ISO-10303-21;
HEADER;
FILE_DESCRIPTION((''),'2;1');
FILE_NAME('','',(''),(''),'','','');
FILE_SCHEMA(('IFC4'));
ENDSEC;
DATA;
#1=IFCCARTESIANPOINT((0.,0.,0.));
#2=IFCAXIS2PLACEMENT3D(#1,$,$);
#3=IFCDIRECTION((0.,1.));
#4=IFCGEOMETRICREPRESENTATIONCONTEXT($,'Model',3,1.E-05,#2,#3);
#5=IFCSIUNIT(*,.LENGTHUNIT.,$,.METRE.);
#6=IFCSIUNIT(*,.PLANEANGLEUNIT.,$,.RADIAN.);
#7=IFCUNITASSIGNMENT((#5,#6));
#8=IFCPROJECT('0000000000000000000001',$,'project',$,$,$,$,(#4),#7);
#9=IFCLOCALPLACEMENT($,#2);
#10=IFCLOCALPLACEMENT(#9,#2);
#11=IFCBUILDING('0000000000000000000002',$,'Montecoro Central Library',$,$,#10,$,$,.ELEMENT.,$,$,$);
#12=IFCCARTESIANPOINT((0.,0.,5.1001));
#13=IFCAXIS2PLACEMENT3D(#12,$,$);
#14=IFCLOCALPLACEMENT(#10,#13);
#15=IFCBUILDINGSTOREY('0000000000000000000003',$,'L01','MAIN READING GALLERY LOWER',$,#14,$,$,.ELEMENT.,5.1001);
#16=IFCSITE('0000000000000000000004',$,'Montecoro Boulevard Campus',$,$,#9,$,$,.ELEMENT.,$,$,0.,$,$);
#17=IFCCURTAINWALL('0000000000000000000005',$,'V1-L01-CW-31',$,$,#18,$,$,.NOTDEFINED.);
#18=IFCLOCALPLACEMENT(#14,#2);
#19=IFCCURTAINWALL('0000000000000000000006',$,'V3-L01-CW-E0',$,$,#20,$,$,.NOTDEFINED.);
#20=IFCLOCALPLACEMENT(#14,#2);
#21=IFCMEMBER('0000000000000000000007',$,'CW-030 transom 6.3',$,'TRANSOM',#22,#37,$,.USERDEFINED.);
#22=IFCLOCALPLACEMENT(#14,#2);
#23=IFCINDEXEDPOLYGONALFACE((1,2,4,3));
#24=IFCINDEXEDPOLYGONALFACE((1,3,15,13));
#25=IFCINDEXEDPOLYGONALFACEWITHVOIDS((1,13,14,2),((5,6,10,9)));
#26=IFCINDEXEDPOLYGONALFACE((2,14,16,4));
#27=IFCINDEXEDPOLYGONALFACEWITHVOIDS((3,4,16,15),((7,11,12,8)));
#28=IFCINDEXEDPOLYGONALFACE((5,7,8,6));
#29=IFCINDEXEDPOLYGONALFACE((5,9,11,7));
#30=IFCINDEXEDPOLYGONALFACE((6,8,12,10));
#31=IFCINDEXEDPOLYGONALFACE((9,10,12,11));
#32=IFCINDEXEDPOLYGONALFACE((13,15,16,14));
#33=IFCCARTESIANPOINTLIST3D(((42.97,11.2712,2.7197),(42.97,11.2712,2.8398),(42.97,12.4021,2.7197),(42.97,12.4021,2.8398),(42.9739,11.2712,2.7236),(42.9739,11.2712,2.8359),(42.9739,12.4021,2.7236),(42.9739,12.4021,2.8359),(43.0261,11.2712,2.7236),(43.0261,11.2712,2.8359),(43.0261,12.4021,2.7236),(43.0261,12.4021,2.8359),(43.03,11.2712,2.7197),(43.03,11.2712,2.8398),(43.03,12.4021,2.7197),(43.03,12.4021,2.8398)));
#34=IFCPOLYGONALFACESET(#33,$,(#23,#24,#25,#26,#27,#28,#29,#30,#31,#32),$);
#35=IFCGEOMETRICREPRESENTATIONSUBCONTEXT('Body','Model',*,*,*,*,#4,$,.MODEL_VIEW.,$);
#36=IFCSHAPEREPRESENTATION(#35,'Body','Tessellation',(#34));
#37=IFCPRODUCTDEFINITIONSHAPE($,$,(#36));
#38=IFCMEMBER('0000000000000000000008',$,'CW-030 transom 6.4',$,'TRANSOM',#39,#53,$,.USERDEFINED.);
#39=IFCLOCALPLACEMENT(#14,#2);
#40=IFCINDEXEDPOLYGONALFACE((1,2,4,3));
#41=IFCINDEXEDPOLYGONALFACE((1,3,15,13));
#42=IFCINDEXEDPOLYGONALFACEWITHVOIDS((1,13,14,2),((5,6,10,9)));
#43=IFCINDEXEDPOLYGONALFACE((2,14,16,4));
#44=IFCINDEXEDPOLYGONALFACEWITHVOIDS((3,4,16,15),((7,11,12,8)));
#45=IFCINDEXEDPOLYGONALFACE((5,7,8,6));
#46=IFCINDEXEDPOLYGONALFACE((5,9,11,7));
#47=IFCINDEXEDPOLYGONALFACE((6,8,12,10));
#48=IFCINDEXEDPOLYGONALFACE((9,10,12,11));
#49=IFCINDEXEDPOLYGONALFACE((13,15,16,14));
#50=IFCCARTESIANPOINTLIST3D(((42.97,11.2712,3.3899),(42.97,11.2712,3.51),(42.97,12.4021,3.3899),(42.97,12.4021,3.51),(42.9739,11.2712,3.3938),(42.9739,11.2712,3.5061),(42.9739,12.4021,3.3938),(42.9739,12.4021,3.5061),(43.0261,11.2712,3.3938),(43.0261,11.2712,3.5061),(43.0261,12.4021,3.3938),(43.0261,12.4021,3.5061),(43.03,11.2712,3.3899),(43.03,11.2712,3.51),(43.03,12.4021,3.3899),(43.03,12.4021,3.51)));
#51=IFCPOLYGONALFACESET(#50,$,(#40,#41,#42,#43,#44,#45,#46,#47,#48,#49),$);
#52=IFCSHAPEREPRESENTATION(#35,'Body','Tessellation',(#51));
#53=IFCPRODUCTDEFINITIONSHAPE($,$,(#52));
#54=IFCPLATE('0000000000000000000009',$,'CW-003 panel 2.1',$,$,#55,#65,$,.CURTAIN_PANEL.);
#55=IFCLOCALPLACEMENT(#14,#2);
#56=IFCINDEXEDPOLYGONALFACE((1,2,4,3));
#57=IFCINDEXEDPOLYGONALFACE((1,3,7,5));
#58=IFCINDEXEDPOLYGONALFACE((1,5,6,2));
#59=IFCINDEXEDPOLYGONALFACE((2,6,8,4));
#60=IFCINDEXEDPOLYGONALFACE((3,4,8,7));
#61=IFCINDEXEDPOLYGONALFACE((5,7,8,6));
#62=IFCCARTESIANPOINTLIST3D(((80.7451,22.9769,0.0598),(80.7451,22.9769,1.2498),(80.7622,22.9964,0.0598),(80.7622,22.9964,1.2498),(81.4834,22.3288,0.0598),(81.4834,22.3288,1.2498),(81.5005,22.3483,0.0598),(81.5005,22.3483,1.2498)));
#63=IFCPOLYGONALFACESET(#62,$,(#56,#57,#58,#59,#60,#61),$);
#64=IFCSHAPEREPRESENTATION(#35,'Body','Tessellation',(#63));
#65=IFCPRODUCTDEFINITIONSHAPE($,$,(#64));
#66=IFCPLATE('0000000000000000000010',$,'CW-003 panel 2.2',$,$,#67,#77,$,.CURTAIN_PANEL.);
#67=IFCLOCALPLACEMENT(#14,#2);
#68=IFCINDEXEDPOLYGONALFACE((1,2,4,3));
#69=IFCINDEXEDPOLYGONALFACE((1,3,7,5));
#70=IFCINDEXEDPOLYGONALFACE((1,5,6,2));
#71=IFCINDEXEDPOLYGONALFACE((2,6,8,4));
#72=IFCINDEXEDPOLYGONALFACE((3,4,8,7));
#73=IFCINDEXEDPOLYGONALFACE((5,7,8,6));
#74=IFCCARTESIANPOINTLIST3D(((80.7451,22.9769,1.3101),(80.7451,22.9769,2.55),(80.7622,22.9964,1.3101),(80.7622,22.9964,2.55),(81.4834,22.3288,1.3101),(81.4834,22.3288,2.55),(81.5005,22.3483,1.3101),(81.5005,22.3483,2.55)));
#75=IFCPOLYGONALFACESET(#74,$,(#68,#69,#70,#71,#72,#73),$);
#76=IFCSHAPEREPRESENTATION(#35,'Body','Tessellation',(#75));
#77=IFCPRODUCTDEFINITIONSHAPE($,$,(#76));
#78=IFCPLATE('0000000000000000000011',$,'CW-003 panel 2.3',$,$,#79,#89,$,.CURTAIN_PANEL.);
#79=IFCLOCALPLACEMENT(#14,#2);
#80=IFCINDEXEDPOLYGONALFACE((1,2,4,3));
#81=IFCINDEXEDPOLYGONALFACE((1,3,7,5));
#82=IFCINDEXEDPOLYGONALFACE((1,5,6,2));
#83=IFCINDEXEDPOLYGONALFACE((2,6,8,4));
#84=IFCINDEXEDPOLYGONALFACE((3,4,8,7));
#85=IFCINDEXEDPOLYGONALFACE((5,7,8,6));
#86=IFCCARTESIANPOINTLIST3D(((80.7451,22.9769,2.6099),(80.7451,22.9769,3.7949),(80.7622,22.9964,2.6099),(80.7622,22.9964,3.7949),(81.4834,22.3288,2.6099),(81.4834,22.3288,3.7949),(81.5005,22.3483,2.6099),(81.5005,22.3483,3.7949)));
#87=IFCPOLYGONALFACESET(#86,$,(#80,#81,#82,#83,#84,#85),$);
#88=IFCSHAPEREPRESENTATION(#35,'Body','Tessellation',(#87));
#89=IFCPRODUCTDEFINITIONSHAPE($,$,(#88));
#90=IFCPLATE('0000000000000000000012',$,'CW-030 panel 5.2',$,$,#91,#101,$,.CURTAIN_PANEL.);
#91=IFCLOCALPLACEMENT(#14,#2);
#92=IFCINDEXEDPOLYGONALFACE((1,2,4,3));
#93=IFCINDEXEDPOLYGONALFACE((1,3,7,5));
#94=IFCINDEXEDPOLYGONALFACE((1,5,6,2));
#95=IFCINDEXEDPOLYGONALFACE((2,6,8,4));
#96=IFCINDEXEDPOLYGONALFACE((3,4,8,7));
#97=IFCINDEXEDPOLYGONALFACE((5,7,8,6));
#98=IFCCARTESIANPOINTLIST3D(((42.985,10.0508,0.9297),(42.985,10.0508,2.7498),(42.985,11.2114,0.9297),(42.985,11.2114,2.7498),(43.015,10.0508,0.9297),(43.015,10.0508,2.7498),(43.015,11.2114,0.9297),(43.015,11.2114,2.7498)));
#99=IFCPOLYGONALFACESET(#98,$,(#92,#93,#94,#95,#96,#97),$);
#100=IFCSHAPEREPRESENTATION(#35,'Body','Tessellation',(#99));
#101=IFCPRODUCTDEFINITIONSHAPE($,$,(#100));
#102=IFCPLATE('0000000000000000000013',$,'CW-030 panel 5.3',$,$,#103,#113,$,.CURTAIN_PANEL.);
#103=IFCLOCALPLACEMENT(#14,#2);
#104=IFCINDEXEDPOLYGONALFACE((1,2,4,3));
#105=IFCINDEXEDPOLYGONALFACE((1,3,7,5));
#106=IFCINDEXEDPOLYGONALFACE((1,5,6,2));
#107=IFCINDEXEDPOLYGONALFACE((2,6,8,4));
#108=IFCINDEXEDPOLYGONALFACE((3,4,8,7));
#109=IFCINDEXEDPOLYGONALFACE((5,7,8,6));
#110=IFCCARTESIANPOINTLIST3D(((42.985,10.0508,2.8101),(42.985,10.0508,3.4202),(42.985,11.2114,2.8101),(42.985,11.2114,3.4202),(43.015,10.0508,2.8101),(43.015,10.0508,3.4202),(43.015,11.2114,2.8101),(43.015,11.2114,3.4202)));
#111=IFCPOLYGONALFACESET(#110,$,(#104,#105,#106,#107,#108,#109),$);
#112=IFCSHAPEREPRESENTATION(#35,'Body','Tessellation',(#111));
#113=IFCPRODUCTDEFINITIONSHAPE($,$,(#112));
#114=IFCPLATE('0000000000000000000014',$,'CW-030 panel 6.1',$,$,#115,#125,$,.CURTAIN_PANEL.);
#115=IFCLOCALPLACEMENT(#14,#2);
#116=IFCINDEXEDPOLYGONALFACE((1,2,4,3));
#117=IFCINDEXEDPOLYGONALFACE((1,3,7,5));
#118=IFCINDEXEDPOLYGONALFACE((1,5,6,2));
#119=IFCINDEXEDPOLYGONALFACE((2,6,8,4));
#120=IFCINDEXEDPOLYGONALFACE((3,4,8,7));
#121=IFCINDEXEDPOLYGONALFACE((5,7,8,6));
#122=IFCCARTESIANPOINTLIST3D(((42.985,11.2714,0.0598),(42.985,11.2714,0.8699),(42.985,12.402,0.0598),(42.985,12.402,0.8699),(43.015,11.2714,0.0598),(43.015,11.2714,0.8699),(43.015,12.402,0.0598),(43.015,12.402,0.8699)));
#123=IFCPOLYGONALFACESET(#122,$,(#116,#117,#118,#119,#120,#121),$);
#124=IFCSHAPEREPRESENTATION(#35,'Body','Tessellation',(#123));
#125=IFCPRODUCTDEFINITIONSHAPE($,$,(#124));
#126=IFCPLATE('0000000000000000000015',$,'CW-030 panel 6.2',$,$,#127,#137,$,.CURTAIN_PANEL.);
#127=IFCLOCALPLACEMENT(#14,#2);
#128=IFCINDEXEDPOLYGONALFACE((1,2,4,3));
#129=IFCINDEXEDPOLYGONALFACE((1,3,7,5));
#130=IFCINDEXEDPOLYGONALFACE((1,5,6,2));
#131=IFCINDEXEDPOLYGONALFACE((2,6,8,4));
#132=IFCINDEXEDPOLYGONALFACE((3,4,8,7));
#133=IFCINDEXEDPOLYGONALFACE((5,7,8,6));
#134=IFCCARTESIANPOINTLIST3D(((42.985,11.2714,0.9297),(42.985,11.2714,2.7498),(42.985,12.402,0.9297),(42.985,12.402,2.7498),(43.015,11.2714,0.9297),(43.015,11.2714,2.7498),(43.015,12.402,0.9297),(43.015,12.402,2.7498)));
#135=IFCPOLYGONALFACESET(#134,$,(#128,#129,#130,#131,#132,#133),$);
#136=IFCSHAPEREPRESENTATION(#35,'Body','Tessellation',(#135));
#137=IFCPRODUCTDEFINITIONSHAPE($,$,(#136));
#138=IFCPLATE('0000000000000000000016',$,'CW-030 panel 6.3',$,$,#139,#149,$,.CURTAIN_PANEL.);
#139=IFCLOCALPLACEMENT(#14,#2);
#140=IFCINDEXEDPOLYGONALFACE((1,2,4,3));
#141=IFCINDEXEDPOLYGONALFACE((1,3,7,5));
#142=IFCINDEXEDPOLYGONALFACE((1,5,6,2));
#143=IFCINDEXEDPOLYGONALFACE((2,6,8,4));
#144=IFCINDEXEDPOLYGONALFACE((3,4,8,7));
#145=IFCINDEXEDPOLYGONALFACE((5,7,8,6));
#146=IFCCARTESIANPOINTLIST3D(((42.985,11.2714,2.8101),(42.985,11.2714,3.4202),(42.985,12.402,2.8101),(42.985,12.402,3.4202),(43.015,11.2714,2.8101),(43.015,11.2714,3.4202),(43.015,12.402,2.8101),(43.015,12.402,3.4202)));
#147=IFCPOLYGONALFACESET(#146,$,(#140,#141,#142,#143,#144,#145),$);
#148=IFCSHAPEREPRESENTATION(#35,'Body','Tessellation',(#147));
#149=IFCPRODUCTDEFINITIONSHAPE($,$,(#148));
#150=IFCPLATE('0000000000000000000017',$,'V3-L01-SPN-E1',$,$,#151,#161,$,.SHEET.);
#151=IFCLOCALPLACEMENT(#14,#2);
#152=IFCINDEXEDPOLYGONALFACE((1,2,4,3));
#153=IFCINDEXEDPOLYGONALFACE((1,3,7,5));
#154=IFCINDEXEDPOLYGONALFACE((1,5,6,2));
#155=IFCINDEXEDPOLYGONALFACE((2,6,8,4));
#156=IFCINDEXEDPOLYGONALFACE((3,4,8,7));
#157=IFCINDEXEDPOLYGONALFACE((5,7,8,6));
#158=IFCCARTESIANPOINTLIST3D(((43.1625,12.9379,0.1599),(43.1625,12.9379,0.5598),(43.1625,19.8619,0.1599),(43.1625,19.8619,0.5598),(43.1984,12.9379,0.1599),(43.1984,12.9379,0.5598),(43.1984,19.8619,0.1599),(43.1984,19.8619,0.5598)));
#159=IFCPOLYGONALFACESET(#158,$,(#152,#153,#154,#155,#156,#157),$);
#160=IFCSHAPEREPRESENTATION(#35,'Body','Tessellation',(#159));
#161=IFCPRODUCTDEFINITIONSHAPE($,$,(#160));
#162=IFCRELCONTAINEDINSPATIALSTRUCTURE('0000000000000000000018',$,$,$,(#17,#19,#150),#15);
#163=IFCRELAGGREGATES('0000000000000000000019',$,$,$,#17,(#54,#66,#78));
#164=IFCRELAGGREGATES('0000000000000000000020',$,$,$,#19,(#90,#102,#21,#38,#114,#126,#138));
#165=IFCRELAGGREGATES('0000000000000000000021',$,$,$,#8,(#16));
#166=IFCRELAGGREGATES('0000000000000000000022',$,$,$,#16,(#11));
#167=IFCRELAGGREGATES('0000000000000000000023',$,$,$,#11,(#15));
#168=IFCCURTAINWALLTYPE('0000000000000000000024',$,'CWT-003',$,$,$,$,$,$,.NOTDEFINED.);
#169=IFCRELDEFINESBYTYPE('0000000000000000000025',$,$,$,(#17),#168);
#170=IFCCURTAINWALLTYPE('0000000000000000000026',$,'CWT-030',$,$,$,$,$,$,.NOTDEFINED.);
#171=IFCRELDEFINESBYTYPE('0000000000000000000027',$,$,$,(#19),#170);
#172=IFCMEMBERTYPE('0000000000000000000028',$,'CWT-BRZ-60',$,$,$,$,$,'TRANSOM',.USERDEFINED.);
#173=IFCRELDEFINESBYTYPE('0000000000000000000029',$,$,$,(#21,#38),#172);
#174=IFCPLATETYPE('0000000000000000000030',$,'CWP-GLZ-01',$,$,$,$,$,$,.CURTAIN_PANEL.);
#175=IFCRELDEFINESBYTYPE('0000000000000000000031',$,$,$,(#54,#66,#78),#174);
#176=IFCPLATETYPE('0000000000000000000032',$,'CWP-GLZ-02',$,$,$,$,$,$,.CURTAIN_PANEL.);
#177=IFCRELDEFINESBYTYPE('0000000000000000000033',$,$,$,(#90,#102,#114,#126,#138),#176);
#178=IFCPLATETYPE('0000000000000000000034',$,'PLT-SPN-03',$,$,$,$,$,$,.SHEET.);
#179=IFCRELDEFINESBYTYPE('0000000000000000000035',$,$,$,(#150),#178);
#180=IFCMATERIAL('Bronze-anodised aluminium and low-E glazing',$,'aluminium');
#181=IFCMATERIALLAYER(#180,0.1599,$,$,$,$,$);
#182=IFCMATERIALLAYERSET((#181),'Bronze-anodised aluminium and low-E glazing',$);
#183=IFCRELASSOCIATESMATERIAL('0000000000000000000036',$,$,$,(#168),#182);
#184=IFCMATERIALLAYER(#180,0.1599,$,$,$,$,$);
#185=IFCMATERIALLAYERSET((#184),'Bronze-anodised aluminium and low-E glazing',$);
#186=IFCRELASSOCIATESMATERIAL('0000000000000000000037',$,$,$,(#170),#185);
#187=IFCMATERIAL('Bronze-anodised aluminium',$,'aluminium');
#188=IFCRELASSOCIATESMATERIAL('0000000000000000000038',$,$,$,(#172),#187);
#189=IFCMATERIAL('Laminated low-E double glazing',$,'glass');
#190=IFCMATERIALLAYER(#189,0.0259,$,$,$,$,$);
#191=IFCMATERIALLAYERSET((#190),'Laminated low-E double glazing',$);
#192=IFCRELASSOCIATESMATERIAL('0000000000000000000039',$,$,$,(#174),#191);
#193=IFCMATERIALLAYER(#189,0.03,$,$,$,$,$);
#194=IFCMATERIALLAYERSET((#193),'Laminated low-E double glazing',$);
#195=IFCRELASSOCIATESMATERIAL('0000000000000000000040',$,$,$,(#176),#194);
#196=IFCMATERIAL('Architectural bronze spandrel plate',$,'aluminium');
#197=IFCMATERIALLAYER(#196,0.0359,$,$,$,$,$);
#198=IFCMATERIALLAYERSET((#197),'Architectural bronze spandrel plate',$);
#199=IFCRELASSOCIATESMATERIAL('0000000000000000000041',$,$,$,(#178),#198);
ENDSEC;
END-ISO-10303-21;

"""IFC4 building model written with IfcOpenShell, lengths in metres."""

from ifc_helpers import new_model, si_unit, direction, frame, origin, origin_2d, place, context, subcontext, project, spatial, rectangle, hollow_rectangle, extrude, material, layer, layer_set, material_profile, profile_set, type_object, element, aggregate, save


model = new_model("IFC4")

# Units and contexts
model_context = context("Model", 3, precision=1e-05, world=origin(), true_north=direction((0.0, 1.0)))
body_context = subcontext(model_context, "Body", "Model", "MODEL_VIEW")
ifc_project = project(units=[si_unit("LENGTHUNIT", "METRE"), si_unit("PLANEANGLEUNIT", "RADIAN")], contexts=[model_context])

# Site, building, storey
site_placement = place(None, origin())
site = spatial("IfcSite", under=ifc_project, at=site_placement, Name="Montecoro Boulevard Campus", CompositionType="ELEMENT", RefElevation=0.0)
building_placement = place(site_placement, origin())
building = spatial("IfcBuilding", under=site, at=building_placement, Name="Montecoro Central Library", CompositionType="ELEMENT")
storey_placement = place(building_placement, frame((0.0, 0.0, 5.1001)))
storey = spatial("IfcBuildingStorey", under=building, at=storey_placement, Name="L01", Description="MAIN READING GALLERY LOWER", CompositionType="ELEMENT", Elevation=5.1001)

# Curtain wall
ifc_material_1 = material(Name="Bronze-anodised aluminium and low-E glazing", Category="aluminium")
ifc_layer_1 = layer(ifc_material_1, 0.1599)
ifc_layer_set_1 = layer_set([ifc_layer_1], Name="Bronze-anodised aluminium and low-E glazing")
curtain_wall_type_1 = type_object("IfcCurtainWallType", Name="CWT-003", PredefinedType="NOTDEFINED", material=ifc_layer_set_1)
curtain_wall_1_placement = place(storey_placement, origin())
curtain_wall_1 = element("IfcCurtainWall", 1, at=curtain_wall_1_placement, inside=storey, type_object=curtain_wall_type_1, Name="V1-L01-CW-31", PredefinedType="NOTDEFINED")
ifc_material_2 = material(Name="Bronze-anodised aluminium", Category="aluminium")

# Curtain wall, members
ifc_layer_2 = layer(ifc_material_1, 0.1599)
ifc_layer_set_2 = layer_set([ifc_layer_2], Name="Bronze-anodised aluminium and low-E glazing")
curtain_wall_type_2 = type_object("IfcCurtainWallType", Name="CWT-030", PredefinedType="NOTDEFINED", material=ifc_layer_set_2)
curtain_wall_2_placement = place(storey_placement, origin())
curtain_wall_2 = element("IfcCurtainWall", 2, at=curtain_wall_2_placement, inside=storey, type_object=curtain_wall_type_2, Name="V3-L01-CW-E0", PredefinedType="NOTDEFINED")
ifc_material_profile_1 = material_profile(ifc_material_2, hollow_rectangle(XDim=0.0601, YDim=0.1201, WallThickness=0.0039, at=origin_2d()), Name="CWT 120x60x4.0")
ifc_profile_set_1 = profile_set([ifc_material_profile_1], Name="Bronze-anodised aluminium")
member_type_1 = type_object("IfcMemberType", Name="CWT-BRZ-60", ElementType="TRANSOM", PredefinedType="USERDEFINED", material=ifc_profile_set_1)
member_1_placement = place(storey_placement, frame((43.0, 11.2712, 2.7798), z_axis=(0.0, 1.0, 0.0), x_axis=(-1.0, 0.0, 0.0)))
member_1 = element("IfcMember", 3, at=member_1_placement, type_object=member_type_1, Name="CW-030 transom 6.3", ObjectType="TRANSOM", PredefinedType="USERDEFINED", context=body_context, shape_type="SweptSolid", body=[
    extrude(hollow_rectangle(XDim=0.0601, YDim=0.1201, WallThickness=0.0039, at=origin_2d()), origin(), (0.0, 0.0, 1.0), 1.1309),
])
member_2_placement = place(storey_placement, frame((43.0, 11.2712, 3.45), z_axis=(0.0, 1.0, 0.0), x_axis=(-1.0, 0.0, 0.0)))
member_2 = element("IfcMember", 4, at=member_2_placement, type_object=member_type_1, Name="CW-030 transom 6.4", ObjectType="TRANSOM", PredefinedType="USERDEFINED", context=body_context, shape_type="SweptSolid", body=[
    extrude(hollow_rectangle(XDim=0.0601, YDim=0.1201, WallThickness=0.0039, at=origin_2d()), origin(), (0.0, 0.0, 1.0), 1.1309),
])

# Plates
ifc_material_3 = material(Name="Laminated low-E double glazing", Category="glass")
ifc_layer_3 = layer(ifc_material_3, 0.0259)
ifc_layer_set_3 = layer_set([ifc_layer_3], Name="Laminated low-E double glazing")
plate_type_1 = type_object("IfcPlateType", Name="CWP-GLZ-01", PredefinedType="CURTAIN_PANEL", material=ifc_layer_set_3)
plate_1_placement = place(storey_placement, frame((81.1228, 22.6626, 0.0598), z_axis=(0.0, 0.0, 1.0), x_axis=(0.751536, -0.659692, 0.0)))
plate_1 = element("IfcPlate", 5, at=plate_1_placement, type_object=plate_type_1, Name="CW-003 panel 2.1", PredefinedType="CURTAIN_PANEL", context=body_context, shape_type="SweptSolid", body=[
    extrude(rectangle(XDim=0.9824, YDim=0.0259, at=origin_2d()), origin(), (0.0, 0.0, 1.0), 1.1899),
])
plate_2_placement = place(storey_placement, frame((81.1228, 22.6626, 1.3101), z_axis=(0.0, 0.0, 1.0), x_axis=(0.751536, -0.659692, 0.0)))
plate_2 = element("IfcPlate", 6, at=plate_2_placement, type_object=plate_type_1, Name="CW-003 panel 2.2", PredefinedType="CURTAIN_PANEL", context=body_context, shape_type="SweptSolid", body=[
    extrude(rectangle(XDim=0.9824, YDim=0.0259, at=origin_2d()), origin(), (0.0, 0.0, 1.0), 1.24),
])
plate_3_placement = place(storey_placement, frame((81.1228, 22.6626, 2.6099), z_axis=(0.0, 0.0, 1.0), x_axis=(0.751536, -0.659692, 0.0)))
plate_3 = element("IfcPlate", 7, at=plate_3_placement, type_object=plate_type_1, Name="CW-003 panel 2.3", PredefinedType="CURTAIN_PANEL", context=body_context, shape_type="SweptSolid", body=[
    extrude(rectangle(XDim=0.9824, YDim=0.0259, at=origin_2d()), origin(), (0.0, 0.0, 1.0), 1.1851),
])
aggregate(curtain_wall_1, [plate_1, plate_2, plate_3])
ifc_layer_4 = layer(ifc_material_3, 0.03)
ifc_layer_set_4 = layer_set([ifc_layer_4], Name="Laminated low-E double glazing")
plate_type_2 = type_object("IfcPlateType", Name="CWP-GLZ-02", PredefinedType="CURTAIN_PANEL", material=ifc_layer_set_4)
plate_4_placement = place(storey_placement, frame((43.0, 10.6311, 0.9297), z_axis=(0.0, 0.0, 1.0), x_axis=(0.0, 1.0, 0.0)))
plate_4 = element("IfcPlate", 8, at=plate_4_placement, type_object=plate_type_2, Name="CW-030 panel 5.2", PredefinedType="CURTAIN_PANEL", context=body_context, shape_type="SweptSolid", body=[
    extrude(rectangle(XDim=1.1606, YDim=0.03, at=origin_2d()), origin(), (0.0, 0.0, 1.0), 1.8201),
])
plate_5_placement = place(storey_placement, frame((43.0, 10.6311, 2.8101), z_axis=(0.0, 0.0, 1.0), x_axis=(0.0, 1.0, 0.0)))
plate_5 = element("IfcPlate", 9, at=plate_5_placement, type_object=plate_type_2, Name="CW-030 panel 5.3", PredefinedType="CURTAIN_PANEL", context=body_context, shape_type="SweptSolid", body=[
    extrude(rectangle(XDim=1.1606, YDim=0.03, at=origin_2d()), origin(), (0.0, 0.0, 1.0), 0.6101),
])
plate_6_placement = place(storey_placement, frame((43.0, 11.8367, 0.0598), z_axis=(0.0, 0.0, 1.0), x_axis=(0.0, 1.0, 0.0)))
plate_6 = element("IfcPlate", 10, at=plate_6_placement, type_object=plate_type_2, Name="CW-030 panel 6.1", PredefinedType="CURTAIN_PANEL", context=body_context, shape_type="SweptSolid", body=[
    extrude(rectangle(XDim=1.1306, YDim=0.03, at=origin_2d()), origin(), (0.0, 0.0, 1.0), 0.8101),
])
plate_7_placement = place(storey_placement, frame((43.0, 11.8367, 0.9297), z_axis=(0.0, 0.0, 1.0), x_axis=(0.0, 1.0, 0.0)))
plate_7 = element("IfcPlate", 11, at=plate_7_placement, type_object=plate_type_2, Name="CW-030 panel 6.2", PredefinedType="CURTAIN_PANEL", context=body_context, shape_type="SweptSolid", body=[
    extrude(rectangle(XDim=1.1306, YDim=0.03, at=origin_2d()), origin(), (0.0, 0.0, 1.0), 1.8201),
])
plate_8_placement = place(storey_placement, frame((43.0, 11.8367, 2.8101), z_axis=(0.0, 0.0, 1.0), x_axis=(0.0, 1.0, 0.0)))
plate_8 = element("IfcPlate", 12, at=plate_8_placement, type_object=plate_type_2, Name="CW-030 panel 6.3", PredefinedType="CURTAIN_PANEL", context=body_context, shape_type="SweptSolid", body=[
    extrude(rectangle(XDim=1.1306, YDim=0.03, at=origin_2d()), origin(), (0.0, 0.0, 1.0), 0.6101),
])
aggregate(curtain_wall_2, [plate_4, plate_5, member_1, member_2, plate_6, plate_7, plate_8])
ifc_material_4 = material(Name="Architectural bronze spandrel plate", Category="aluminium")
ifc_layer_5 = layer(ifc_material_4, 0.0359)
ifc_layer_set_5 = layer_set([ifc_layer_5], Name="Architectural bronze spandrel plate")
plate_type_3 = type_object("IfcPlateType", Name="PLT-SPN-03", PredefinedType="SHEET", material=ifc_layer_set_5)
plate_9_placement = place(storey_placement, frame((43.1804, 16.3999, 0.1599), z_axis=(0.0, 0.0, 1.0), x_axis=(0.0, 1.0, 0.0)))
element("IfcPlate", 13, at=plate_9_placement, inside=storey, type_object=plate_type_3, Name="V3-L01-SPN-E1", PredefinedType="SHEET", context=body_context, shape_type="SweptSolid", body=[
    extrude(rectangle(XDim=6.9241, YDim=0.0359, at=origin_2d()), origin(), (0.0, 0.0, 1.0), 0.3999),
])

save(model, "model.ifc")
